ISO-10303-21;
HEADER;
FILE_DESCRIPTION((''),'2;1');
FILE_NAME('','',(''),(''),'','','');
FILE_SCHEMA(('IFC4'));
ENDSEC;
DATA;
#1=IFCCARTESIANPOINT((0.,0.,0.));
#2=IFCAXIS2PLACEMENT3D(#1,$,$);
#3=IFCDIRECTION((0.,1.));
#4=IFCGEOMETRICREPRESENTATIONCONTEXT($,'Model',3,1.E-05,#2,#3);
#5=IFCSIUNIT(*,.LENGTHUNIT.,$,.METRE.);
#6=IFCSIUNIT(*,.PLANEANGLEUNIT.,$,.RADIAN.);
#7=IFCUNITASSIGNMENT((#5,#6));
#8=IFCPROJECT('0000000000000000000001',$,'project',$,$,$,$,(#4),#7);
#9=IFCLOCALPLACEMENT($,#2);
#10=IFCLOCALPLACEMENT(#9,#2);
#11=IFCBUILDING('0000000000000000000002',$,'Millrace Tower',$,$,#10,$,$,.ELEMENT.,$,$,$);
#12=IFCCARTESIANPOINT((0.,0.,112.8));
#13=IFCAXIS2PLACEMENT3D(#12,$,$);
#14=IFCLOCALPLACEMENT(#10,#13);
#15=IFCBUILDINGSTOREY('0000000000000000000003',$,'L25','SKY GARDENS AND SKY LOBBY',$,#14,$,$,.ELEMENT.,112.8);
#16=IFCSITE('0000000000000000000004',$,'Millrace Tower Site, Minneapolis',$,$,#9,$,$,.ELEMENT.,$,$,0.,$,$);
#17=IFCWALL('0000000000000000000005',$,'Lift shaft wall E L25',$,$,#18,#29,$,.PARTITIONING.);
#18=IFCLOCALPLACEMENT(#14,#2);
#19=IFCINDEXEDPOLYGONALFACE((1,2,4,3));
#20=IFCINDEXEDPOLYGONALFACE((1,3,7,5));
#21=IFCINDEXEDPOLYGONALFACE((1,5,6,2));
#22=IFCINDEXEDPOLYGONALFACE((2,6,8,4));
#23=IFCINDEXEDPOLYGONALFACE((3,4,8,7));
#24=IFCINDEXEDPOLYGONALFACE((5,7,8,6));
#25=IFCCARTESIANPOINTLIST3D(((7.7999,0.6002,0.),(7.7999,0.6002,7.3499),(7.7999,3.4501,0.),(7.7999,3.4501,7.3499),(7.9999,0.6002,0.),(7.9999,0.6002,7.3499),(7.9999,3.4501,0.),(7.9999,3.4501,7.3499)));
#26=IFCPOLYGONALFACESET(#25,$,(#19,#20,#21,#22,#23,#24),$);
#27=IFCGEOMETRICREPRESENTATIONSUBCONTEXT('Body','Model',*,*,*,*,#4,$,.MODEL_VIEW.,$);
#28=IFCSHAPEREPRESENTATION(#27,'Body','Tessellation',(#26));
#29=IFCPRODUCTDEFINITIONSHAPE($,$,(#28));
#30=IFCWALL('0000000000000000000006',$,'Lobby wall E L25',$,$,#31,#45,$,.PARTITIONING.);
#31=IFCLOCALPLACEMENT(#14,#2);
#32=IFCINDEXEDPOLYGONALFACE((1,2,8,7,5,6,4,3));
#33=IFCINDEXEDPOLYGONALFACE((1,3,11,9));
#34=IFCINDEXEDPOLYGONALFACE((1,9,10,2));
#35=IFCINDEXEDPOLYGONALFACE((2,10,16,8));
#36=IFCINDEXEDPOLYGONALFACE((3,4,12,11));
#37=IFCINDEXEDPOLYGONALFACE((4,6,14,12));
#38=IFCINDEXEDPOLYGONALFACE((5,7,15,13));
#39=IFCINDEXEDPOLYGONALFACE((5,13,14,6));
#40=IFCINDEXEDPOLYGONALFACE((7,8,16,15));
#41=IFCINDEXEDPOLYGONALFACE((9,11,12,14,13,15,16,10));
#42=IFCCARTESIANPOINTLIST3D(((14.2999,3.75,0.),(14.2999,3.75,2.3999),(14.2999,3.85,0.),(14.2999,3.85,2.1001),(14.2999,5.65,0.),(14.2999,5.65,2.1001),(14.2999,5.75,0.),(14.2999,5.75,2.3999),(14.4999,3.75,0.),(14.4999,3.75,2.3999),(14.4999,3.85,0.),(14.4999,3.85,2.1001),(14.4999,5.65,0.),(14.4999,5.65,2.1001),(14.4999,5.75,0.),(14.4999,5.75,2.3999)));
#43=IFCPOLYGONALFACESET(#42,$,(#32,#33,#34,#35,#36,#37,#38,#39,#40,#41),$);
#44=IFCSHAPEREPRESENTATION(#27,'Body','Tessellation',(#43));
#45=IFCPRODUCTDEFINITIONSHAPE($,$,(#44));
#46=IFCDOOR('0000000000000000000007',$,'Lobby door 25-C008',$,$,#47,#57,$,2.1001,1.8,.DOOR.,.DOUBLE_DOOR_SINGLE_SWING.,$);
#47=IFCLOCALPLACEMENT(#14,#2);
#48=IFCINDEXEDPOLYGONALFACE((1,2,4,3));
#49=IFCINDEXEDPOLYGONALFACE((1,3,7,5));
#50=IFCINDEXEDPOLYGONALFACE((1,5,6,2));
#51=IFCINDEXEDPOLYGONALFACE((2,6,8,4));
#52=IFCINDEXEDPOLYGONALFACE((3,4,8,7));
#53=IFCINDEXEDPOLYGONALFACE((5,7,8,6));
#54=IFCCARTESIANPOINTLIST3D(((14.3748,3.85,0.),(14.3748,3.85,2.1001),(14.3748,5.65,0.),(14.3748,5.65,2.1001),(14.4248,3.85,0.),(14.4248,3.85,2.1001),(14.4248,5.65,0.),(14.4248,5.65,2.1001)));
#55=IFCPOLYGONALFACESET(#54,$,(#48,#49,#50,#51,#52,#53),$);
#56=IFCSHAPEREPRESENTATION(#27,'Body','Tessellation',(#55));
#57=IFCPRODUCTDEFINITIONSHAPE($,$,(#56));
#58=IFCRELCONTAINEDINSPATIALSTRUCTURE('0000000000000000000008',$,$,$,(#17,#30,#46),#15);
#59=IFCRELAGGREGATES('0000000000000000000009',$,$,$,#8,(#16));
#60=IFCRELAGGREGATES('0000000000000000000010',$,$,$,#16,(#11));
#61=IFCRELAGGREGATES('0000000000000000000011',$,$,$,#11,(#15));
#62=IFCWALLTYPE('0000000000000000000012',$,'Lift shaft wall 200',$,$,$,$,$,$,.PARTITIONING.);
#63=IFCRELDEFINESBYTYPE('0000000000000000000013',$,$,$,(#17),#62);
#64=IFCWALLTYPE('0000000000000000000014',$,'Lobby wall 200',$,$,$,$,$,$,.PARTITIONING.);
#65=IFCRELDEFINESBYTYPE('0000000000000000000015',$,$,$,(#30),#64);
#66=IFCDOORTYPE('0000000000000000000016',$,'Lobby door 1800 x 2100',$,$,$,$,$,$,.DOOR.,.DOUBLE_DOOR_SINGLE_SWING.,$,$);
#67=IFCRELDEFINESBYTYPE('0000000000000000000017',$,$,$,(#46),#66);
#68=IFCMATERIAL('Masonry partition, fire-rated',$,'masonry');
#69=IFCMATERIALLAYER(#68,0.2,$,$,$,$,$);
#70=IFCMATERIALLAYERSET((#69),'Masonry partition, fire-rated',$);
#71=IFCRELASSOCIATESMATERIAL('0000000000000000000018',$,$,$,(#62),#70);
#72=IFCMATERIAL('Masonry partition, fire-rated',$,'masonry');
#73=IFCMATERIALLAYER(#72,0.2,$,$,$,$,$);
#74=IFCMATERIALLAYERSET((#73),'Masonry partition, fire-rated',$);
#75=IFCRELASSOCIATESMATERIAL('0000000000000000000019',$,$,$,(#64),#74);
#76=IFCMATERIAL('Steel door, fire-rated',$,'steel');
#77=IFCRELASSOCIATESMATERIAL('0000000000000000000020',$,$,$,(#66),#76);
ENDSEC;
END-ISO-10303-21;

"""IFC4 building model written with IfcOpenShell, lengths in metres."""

from ifc_helpers import new_model, si_unit, direction, frame, frame_2d, origin, place, context, subcontext, project, spatial, rectangle, extrude, material, layer, layer_set, type_object, element, fill, save


model = new_model("IFC4")

# Units and contexts
model_context = context("Model", 3, precision=1e-05, world=origin(), true_north=direction((0.0, 1.0)))
body_context = subcontext(model_context, "Body", "Model", "MODEL_VIEW")
ifc_project = project(units=[si_unit("LENGTHUNIT", "METRE"), si_unit("PLANEANGLEUNIT", "RADIAN")], contexts=[model_context])

# Site, building, storey
site_placement = place(None, origin())
site = spatial("IfcSite", under=ifc_project, at=site_placement, Name="Millrace Tower Site, Minneapolis", CompositionType="ELEMENT", RefElevation=0.0)
building_placement = place(site_placement, origin())
building = spatial("IfcBuilding", under=site, at=building_placement, Name="Millrace Tower", CompositionType="ELEMENT")
storey_placement = place(building_placement, frame((0.0, 0.0, 112.8)))
storey = spatial("IfcBuildingStorey", under=building, at=storey_placement, Name="L25", Description="SKY GARDENS AND SKY LOBBY", CompositionType="ELEMENT", Elevation=112.8)

# Shared definitions
ifc_material_1 = material(Name="Masonry partition, fire-rated", Category="masonry")
ifc_layer_1 = layer(ifc_material_1, 0.2)
ifc_layer_set_1 = layer_set([ifc_layer_1], Name="Masonry partition, fire-rated")
wall_type_1 = type_object("IfcWallType", Name="Lift shaft wall 200", PredefinedType="PARTITIONING", material=ifc_layer_set_1)

# Wall
for number, where, z_axis, x_axis, name in (
    (1, (7.8999, 3.45, 0.0), (0.0, 0.0, 1.0), (0.0, -1.0, 0.0), "Lift shaft wall E L25"),
):
    element("IfcWall", number, at=place(storey_placement, frame(where, z_axis=z_axis, x_axis=x_axis)), inside=storey, type_object=wall_type_1, Name=name, PredefinedType="PARTITIONING", context=body_context, shape_type="SweptSolid", body=[
        extrude(rectangle(XDim=2.8499, YDim=0.2, at=frame_2d((1.4248, 0.0))), origin(), (0.0, 0.0, 1.0), 7.3499),
    ])

# Wall, opening, door
ifc_material_2 = material(Name="Masonry partition, fire-rated", Category="masonry")
ifc_layer_2 = layer(ifc_material_2, 0.2)
ifc_layer_set_2 = layer_set([ifc_layer_2], Name="Masonry partition, fire-rated")
wall_type_2 = type_object("IfcWallType", Name="Lobby wall 200", PredefinedType="PARTITIONING", material=ifc_layer_set_2)
wall_1_placement = place(storey_placement, frame((14.3999, 5.75, 0.0), z_axis=(0.0, 0.0, 1.0), x_axis=(0.0, -1.0, 0.0)))
wall_1 = element("IfcWall", 2, at=wall_1_placement, inside=storey, type_object=wall_type_2, Name="Lobby wall E L25", PredefinedType="PARTITIONING", context=body_context, shape_type="SweptSolid", body=[
    extrude(rectangle(XDim=2.0, YDim=0.2, at=frame_2d((1.0, 0.0))), origin(), (0.0, 0.0, 1.0), 2.3999),
])
opening_1_placement = place(wall_1_placement, frame((0.1001, 0.0, 0.0)))
opening_1 = element("IfcOpeningElement", 3, at=opening_1_placement, cuts=wall_1, PredefinedType="OPENING", context=body_context, shape_type="SweptSolid", body=[
    extrude(rectangle(XDim=1.8, YDim=2.1001, at=frame_2d((0.8999, 1.05))), frame((0.0, 0.1099, 0.0), z_axis=(0.0, -1.0, 0.0), x_axis=(1.0, 0.0, 0.0)), (0.0, 0.0, 1.0), 0.22),
])
ifc_material_3 = material(Name="Steel door, fire-rated", Category="steel")
door_type_1 = type_object("IfcDoorType", Name="Lobby door 1800 x 2100", OperationType="DOUBLE_DOOR_SINGLE_SWING", PredefinedType="DOOR", material=ifc_material_3)
door_1_placement = place(opening_1_placement, origin())
door_1 = element("IfcDoor", 4, at=door_1_placement, inside=storey, type_object=door_type_1, Name="Lobby door 25-C008", OperationType="DOUBLE_DOOR_SINGLE_SWING", OverallHeight=2.1001, OverallWidth=1.8, PredefinedType="DOOR", context=body_context, shape_type="SweptSolid", body=[
    extrude(rectangle(XDim=1.8, YDim=2.1001, at=frame_2d((0.8999, 1.05))), frame((0.0, 0.0249, 0.0), z_axis=(0.0, -1.0, 0.0), x_axis=(1.0, 0.0, 0.0)), (0.0, 0.0, 1.0), 0.05),
])
fill(opening_1, door_1)

save(model, "model.ifc")
